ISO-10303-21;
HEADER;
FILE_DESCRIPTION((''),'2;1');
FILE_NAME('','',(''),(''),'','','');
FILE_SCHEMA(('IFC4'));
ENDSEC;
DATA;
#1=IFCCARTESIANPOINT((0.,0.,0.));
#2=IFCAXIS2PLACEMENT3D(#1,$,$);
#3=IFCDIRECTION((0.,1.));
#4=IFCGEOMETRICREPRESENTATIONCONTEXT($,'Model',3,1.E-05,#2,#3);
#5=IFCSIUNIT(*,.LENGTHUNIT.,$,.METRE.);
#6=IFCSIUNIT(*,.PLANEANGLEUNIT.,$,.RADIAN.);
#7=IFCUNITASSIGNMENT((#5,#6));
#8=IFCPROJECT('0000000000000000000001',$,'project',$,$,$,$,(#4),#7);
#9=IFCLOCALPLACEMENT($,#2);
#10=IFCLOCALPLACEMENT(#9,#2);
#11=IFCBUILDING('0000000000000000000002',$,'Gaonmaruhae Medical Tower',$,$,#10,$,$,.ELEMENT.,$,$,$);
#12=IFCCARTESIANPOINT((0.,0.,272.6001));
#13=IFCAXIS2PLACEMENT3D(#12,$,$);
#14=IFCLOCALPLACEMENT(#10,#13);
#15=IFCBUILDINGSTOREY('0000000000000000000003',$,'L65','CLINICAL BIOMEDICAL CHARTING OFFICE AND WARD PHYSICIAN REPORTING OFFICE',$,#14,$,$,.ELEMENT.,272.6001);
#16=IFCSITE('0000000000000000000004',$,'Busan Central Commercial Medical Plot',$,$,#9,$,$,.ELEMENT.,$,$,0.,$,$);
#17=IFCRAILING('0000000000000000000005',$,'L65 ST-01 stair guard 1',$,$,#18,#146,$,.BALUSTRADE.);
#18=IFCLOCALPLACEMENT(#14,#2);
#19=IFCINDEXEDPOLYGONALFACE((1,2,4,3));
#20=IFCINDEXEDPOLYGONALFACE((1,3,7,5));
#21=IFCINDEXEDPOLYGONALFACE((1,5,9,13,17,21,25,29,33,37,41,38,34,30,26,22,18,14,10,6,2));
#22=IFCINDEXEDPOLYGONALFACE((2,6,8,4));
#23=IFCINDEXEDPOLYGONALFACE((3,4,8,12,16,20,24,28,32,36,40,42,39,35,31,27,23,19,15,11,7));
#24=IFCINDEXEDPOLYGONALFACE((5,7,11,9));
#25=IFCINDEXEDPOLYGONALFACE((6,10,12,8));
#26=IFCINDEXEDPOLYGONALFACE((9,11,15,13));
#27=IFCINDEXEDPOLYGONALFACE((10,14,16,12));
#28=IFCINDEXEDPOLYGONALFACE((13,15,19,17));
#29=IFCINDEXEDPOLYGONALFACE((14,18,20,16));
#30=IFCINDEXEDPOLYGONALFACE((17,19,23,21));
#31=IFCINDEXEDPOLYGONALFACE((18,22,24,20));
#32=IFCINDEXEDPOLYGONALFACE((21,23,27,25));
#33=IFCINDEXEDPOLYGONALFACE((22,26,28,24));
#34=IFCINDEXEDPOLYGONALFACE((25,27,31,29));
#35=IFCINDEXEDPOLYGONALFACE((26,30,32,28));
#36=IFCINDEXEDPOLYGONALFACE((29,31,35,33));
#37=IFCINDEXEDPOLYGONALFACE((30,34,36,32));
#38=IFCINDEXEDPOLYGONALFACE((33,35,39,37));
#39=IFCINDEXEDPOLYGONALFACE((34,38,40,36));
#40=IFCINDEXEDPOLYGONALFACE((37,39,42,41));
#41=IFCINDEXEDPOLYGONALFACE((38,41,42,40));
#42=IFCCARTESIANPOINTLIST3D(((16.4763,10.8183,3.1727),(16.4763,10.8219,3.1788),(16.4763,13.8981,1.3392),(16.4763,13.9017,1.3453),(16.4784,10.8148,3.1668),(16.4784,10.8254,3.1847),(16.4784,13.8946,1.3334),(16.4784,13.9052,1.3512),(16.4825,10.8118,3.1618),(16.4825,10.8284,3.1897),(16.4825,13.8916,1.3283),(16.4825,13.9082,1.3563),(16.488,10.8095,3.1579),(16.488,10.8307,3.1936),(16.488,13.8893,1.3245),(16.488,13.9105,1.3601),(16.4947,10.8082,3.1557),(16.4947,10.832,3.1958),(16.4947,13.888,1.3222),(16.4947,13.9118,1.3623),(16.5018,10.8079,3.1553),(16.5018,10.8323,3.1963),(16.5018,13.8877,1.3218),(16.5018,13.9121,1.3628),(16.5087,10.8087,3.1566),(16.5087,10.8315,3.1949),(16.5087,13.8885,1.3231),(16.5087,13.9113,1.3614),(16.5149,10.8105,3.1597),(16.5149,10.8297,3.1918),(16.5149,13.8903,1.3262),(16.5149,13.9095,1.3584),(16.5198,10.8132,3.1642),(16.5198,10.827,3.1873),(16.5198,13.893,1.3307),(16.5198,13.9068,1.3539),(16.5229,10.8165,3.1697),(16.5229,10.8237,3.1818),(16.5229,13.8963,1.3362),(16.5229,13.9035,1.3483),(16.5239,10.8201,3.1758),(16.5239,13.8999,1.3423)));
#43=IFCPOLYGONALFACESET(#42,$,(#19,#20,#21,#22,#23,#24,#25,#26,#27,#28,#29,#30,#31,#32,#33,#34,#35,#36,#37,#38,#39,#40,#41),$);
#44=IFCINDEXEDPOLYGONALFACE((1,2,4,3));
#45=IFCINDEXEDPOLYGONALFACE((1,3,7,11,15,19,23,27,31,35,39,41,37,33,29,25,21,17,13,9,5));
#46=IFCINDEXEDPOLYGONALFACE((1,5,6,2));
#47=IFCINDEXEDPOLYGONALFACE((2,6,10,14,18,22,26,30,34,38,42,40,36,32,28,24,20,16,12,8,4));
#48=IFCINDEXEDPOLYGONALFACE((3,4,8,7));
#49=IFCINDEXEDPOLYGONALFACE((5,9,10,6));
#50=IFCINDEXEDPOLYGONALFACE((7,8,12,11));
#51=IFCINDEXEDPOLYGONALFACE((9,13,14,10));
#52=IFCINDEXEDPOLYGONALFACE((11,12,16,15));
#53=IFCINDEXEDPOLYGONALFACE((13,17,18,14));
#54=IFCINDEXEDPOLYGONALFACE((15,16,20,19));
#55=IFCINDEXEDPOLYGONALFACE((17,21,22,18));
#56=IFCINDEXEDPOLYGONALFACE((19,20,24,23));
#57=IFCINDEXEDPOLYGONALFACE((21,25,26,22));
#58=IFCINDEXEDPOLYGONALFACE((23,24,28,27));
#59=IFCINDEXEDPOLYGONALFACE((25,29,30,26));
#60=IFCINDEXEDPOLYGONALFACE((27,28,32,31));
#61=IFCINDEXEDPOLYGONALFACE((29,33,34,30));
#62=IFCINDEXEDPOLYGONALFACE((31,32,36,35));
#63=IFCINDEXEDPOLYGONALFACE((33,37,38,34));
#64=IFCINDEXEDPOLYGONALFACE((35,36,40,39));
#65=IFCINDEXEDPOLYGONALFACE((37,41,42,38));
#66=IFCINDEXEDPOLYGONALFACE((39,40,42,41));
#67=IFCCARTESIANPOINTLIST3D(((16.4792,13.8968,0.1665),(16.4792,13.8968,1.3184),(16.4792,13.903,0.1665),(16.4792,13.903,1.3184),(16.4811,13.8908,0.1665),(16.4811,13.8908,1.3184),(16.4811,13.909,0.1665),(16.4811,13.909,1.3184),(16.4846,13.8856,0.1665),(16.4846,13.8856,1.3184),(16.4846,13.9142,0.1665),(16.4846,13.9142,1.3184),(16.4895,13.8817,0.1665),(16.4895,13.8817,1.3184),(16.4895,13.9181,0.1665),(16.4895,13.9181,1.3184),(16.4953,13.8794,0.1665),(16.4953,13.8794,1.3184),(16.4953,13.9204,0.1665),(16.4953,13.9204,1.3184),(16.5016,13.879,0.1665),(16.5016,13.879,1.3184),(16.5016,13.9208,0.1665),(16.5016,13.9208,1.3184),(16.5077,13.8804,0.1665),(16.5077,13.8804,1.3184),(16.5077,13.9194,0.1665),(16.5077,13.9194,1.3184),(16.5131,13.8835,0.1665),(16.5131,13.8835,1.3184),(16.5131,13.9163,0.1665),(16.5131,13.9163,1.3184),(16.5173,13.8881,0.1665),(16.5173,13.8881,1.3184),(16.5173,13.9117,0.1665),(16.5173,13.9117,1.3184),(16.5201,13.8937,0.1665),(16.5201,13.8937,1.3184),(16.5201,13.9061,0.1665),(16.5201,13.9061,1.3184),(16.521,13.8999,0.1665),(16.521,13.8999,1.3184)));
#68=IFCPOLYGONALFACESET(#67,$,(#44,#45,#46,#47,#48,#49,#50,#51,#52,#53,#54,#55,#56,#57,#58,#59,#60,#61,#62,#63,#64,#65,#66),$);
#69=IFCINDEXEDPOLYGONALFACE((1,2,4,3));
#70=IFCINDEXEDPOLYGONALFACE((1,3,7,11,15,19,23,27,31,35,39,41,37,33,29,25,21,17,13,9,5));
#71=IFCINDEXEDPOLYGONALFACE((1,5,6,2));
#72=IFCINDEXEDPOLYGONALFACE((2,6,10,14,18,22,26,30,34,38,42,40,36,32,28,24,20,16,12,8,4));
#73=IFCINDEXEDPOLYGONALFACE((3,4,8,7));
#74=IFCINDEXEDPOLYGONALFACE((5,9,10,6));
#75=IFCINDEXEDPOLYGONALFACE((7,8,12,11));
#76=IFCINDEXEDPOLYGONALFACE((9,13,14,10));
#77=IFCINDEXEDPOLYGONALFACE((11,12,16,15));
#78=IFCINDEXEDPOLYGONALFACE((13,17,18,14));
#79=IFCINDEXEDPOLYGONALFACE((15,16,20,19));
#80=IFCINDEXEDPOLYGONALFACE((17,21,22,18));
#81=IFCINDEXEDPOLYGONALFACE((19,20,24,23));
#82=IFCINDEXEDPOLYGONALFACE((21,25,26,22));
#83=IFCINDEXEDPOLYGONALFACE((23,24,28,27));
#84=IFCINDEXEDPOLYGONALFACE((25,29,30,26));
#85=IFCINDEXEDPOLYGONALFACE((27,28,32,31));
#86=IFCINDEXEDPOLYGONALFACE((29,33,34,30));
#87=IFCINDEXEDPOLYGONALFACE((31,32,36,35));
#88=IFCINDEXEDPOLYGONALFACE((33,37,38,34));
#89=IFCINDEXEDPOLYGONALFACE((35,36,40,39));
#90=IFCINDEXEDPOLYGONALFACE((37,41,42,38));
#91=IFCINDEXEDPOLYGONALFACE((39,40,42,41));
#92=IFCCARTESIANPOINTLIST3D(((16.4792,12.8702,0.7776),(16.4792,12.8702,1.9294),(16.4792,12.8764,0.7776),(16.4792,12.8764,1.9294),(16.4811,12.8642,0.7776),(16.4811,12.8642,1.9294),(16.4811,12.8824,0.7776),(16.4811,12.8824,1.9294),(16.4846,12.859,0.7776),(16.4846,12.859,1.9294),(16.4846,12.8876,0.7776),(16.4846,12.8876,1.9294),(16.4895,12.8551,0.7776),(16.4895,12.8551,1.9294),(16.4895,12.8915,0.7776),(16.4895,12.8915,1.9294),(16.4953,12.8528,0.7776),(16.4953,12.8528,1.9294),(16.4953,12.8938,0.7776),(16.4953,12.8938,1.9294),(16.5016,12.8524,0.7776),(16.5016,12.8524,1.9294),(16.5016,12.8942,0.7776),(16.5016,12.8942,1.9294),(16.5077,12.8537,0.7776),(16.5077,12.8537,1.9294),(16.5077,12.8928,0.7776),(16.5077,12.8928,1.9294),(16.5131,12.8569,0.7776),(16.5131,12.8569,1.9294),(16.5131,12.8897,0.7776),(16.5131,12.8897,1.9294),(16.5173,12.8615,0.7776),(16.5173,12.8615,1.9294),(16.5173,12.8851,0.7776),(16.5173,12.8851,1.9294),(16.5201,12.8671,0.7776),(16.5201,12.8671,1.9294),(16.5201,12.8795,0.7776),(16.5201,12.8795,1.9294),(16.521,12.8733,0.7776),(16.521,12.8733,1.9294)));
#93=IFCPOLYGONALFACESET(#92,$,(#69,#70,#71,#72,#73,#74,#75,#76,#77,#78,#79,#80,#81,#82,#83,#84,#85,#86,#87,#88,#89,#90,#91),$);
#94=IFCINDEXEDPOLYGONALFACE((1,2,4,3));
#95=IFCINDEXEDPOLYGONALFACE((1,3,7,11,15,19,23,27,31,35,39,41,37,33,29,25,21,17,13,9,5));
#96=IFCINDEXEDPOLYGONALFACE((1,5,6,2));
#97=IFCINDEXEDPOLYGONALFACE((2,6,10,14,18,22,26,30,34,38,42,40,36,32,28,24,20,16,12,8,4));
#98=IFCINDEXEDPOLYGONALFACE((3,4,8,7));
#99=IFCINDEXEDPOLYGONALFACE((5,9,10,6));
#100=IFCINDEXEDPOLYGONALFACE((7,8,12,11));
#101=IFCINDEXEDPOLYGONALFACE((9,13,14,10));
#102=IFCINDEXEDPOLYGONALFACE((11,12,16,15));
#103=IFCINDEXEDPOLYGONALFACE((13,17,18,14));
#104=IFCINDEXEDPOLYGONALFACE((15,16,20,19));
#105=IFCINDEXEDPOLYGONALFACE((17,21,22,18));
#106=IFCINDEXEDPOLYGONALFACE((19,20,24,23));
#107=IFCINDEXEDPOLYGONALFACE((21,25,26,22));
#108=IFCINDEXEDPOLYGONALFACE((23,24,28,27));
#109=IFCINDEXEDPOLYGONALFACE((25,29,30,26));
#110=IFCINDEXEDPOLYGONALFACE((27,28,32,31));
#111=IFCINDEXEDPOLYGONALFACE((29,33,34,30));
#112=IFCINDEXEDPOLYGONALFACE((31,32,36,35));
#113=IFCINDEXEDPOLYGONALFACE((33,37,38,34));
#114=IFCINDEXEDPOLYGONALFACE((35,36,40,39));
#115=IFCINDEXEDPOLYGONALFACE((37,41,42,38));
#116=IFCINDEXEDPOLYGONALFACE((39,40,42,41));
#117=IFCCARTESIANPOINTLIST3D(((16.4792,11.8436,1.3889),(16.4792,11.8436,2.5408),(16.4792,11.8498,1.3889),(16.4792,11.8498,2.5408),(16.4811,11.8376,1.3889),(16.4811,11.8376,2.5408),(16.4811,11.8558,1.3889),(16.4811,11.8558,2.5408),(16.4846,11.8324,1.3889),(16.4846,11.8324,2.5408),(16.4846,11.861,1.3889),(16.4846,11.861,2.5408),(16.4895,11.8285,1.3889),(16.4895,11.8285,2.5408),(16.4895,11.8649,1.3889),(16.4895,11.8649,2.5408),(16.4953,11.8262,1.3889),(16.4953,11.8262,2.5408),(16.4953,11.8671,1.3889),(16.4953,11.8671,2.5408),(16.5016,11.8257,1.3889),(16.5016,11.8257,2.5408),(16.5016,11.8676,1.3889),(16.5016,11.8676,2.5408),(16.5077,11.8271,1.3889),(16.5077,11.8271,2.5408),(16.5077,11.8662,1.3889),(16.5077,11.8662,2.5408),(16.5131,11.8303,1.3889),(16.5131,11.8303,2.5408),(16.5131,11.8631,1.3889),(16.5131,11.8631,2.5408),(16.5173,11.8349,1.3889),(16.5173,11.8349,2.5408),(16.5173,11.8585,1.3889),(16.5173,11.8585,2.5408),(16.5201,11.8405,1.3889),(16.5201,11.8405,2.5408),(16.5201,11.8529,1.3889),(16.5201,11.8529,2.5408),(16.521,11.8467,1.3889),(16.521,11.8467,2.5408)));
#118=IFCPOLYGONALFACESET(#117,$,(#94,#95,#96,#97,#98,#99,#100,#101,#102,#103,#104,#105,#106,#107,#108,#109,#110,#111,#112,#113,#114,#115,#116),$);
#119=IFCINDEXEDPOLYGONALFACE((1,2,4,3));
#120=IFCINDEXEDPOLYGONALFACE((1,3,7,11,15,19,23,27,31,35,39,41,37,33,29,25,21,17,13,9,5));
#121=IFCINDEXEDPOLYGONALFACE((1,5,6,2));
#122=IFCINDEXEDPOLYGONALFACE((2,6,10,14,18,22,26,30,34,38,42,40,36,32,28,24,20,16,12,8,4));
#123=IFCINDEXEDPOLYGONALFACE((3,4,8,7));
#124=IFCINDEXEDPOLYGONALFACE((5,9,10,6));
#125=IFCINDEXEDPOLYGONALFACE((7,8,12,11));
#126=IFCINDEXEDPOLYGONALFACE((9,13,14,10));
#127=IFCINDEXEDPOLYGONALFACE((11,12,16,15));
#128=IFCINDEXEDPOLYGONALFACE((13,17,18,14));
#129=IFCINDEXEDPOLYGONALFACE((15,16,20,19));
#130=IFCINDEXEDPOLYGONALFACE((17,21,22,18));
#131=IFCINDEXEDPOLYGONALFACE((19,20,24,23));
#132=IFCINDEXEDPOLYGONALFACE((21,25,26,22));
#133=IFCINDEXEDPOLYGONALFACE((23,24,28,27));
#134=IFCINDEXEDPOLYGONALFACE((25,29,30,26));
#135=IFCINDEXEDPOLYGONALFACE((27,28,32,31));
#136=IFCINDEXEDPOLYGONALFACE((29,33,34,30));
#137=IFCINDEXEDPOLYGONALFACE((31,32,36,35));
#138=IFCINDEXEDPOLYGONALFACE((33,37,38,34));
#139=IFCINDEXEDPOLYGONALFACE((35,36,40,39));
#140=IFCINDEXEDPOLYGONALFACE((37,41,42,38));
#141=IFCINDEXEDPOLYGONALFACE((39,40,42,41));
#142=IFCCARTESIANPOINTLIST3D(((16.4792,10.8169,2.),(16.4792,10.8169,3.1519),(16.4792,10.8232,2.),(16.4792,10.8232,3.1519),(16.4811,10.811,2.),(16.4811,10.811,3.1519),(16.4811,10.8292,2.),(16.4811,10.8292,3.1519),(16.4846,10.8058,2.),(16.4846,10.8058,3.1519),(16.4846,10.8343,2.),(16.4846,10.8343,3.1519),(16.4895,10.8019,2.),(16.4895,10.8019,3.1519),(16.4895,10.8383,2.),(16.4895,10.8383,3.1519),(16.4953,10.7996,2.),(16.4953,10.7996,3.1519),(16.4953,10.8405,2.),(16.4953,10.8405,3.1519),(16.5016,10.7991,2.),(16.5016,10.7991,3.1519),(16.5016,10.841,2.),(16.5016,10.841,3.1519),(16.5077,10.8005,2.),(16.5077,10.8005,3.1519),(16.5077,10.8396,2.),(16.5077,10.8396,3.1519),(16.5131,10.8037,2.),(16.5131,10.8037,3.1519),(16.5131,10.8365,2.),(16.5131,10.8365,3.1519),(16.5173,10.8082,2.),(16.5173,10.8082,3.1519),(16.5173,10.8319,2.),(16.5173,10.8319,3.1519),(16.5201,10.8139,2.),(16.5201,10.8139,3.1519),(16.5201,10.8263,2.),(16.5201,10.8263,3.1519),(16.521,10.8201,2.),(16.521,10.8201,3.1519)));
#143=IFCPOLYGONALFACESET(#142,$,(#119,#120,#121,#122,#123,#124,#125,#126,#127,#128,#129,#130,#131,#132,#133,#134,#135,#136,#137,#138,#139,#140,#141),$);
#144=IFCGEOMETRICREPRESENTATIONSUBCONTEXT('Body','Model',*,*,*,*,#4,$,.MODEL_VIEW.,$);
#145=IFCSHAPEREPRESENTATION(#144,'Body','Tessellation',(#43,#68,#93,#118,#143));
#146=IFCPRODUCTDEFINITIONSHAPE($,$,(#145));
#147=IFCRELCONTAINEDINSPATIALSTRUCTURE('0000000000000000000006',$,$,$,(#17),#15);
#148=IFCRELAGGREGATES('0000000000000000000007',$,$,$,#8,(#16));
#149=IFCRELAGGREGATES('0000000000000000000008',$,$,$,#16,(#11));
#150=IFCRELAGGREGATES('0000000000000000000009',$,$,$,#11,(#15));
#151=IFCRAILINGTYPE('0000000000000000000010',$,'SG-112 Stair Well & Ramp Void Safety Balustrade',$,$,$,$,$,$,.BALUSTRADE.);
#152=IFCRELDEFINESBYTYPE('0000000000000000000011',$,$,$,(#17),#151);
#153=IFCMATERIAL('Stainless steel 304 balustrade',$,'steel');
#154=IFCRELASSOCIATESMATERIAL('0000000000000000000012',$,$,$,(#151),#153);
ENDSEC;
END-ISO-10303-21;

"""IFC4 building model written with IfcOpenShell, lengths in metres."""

from ifc_helpers import new_model, si_unit, direction, frame, origin, origin_2d, place, context, subcontext, project, spatial, circle, extrude, material, type_object, element, save


model = new_model("IFC4")

# Units and contexts
model_context = context("Model", 3, precision=1e-05, world=origin(), true_north=direction((0.0, 1.0)))
body_context = subcontext(model_context, "Body", "Model", "MODEL_VIEW")
ifc_project = project(units=[si_unit("LENGTHUNIT", "METRE"), si_unit("PLANEANGLEUNIT", "RADIAN")], contexts=[model_context])

# Site, building, storey
site_placement = place(None, origin())
site = spatial("IfcSite", under=ifc_project, at=site_placement, Name="Busan Central Commercial Medical Plot", CompositionType="ELEMENT", RefElevation=0.0)
building_placement = place(site_placement, origin())
building = spatial("IfcBuilding", under=site, at=building_placement, Name="Gaonmaruhae Medical Tower", CompositionType="ELEMENT")
storey_placement = place(building_placement, frame((0.0, 0.0, 272.6001)))
storey = spatial("IfcBuildingStorey", under=building, at=storey_placement, Name="L65", Description="CLINICAL BIOMEDICAL CHARTING OFFICE AND WARD PHYSICIAN REPORTING OFFICE", CompositionType="ELEMENT", Elevation=272.6001)

# Railing
ifc_material_1 = material(Name="Stainless steel 304 balustrade", Category="steel")
railing_type_1 = type_object("IfcRailingType", Name="SG-112 Stair Well & Ramp Void Safety Balustrade", PredefinedType="BALUSTRADE", material=ifc_material_1)
railing_1_placement = place(storey_placement, frame((16.5, 13.8999, 0.1665)))
element("IfcRailing", 1, at=railing_1_placement, inside=storey, type_object=railing_type_1, Name="L65 ST-01 stair guard 1", PredefinedType="BALUSTRADE", context=body_context, shape_type="SweptSolid", body=[
    extrude(circle(Radius=0.0239, at=origin_2d()), frame((0.0, 0.0, 1.1758), z_axis=(0.0, -0.859261, 0.511538), x_axis=(1.0, 0.0, 0.0)), (0.0, 0.0, 1.0), 3.5842),
    extrude(circle(Radius=0.021, at=origin_2d()), origin(), (0.0, 0.0, 1.0), 1.1519),
    extrude(circle(Radius=0.021, at=origin_2d()), frame((0.0, -1.0266, 0.6111)), (0.0, 0.0, 1.0), 1.1519),
    extrude(circle(Radius=0.021, at=origin_2d()), frame((0.0, -2.0532, 1.2224)), (0.0, 0.0, 1.0), 1.1519),
    extrude(circle(Radius=0.021, at=origin_2d()), frame((0.0, -3.0798, 1.8335)), (0.0, 0.0, 1.0), 1.1519),
])

save(model, "model.ifc")
